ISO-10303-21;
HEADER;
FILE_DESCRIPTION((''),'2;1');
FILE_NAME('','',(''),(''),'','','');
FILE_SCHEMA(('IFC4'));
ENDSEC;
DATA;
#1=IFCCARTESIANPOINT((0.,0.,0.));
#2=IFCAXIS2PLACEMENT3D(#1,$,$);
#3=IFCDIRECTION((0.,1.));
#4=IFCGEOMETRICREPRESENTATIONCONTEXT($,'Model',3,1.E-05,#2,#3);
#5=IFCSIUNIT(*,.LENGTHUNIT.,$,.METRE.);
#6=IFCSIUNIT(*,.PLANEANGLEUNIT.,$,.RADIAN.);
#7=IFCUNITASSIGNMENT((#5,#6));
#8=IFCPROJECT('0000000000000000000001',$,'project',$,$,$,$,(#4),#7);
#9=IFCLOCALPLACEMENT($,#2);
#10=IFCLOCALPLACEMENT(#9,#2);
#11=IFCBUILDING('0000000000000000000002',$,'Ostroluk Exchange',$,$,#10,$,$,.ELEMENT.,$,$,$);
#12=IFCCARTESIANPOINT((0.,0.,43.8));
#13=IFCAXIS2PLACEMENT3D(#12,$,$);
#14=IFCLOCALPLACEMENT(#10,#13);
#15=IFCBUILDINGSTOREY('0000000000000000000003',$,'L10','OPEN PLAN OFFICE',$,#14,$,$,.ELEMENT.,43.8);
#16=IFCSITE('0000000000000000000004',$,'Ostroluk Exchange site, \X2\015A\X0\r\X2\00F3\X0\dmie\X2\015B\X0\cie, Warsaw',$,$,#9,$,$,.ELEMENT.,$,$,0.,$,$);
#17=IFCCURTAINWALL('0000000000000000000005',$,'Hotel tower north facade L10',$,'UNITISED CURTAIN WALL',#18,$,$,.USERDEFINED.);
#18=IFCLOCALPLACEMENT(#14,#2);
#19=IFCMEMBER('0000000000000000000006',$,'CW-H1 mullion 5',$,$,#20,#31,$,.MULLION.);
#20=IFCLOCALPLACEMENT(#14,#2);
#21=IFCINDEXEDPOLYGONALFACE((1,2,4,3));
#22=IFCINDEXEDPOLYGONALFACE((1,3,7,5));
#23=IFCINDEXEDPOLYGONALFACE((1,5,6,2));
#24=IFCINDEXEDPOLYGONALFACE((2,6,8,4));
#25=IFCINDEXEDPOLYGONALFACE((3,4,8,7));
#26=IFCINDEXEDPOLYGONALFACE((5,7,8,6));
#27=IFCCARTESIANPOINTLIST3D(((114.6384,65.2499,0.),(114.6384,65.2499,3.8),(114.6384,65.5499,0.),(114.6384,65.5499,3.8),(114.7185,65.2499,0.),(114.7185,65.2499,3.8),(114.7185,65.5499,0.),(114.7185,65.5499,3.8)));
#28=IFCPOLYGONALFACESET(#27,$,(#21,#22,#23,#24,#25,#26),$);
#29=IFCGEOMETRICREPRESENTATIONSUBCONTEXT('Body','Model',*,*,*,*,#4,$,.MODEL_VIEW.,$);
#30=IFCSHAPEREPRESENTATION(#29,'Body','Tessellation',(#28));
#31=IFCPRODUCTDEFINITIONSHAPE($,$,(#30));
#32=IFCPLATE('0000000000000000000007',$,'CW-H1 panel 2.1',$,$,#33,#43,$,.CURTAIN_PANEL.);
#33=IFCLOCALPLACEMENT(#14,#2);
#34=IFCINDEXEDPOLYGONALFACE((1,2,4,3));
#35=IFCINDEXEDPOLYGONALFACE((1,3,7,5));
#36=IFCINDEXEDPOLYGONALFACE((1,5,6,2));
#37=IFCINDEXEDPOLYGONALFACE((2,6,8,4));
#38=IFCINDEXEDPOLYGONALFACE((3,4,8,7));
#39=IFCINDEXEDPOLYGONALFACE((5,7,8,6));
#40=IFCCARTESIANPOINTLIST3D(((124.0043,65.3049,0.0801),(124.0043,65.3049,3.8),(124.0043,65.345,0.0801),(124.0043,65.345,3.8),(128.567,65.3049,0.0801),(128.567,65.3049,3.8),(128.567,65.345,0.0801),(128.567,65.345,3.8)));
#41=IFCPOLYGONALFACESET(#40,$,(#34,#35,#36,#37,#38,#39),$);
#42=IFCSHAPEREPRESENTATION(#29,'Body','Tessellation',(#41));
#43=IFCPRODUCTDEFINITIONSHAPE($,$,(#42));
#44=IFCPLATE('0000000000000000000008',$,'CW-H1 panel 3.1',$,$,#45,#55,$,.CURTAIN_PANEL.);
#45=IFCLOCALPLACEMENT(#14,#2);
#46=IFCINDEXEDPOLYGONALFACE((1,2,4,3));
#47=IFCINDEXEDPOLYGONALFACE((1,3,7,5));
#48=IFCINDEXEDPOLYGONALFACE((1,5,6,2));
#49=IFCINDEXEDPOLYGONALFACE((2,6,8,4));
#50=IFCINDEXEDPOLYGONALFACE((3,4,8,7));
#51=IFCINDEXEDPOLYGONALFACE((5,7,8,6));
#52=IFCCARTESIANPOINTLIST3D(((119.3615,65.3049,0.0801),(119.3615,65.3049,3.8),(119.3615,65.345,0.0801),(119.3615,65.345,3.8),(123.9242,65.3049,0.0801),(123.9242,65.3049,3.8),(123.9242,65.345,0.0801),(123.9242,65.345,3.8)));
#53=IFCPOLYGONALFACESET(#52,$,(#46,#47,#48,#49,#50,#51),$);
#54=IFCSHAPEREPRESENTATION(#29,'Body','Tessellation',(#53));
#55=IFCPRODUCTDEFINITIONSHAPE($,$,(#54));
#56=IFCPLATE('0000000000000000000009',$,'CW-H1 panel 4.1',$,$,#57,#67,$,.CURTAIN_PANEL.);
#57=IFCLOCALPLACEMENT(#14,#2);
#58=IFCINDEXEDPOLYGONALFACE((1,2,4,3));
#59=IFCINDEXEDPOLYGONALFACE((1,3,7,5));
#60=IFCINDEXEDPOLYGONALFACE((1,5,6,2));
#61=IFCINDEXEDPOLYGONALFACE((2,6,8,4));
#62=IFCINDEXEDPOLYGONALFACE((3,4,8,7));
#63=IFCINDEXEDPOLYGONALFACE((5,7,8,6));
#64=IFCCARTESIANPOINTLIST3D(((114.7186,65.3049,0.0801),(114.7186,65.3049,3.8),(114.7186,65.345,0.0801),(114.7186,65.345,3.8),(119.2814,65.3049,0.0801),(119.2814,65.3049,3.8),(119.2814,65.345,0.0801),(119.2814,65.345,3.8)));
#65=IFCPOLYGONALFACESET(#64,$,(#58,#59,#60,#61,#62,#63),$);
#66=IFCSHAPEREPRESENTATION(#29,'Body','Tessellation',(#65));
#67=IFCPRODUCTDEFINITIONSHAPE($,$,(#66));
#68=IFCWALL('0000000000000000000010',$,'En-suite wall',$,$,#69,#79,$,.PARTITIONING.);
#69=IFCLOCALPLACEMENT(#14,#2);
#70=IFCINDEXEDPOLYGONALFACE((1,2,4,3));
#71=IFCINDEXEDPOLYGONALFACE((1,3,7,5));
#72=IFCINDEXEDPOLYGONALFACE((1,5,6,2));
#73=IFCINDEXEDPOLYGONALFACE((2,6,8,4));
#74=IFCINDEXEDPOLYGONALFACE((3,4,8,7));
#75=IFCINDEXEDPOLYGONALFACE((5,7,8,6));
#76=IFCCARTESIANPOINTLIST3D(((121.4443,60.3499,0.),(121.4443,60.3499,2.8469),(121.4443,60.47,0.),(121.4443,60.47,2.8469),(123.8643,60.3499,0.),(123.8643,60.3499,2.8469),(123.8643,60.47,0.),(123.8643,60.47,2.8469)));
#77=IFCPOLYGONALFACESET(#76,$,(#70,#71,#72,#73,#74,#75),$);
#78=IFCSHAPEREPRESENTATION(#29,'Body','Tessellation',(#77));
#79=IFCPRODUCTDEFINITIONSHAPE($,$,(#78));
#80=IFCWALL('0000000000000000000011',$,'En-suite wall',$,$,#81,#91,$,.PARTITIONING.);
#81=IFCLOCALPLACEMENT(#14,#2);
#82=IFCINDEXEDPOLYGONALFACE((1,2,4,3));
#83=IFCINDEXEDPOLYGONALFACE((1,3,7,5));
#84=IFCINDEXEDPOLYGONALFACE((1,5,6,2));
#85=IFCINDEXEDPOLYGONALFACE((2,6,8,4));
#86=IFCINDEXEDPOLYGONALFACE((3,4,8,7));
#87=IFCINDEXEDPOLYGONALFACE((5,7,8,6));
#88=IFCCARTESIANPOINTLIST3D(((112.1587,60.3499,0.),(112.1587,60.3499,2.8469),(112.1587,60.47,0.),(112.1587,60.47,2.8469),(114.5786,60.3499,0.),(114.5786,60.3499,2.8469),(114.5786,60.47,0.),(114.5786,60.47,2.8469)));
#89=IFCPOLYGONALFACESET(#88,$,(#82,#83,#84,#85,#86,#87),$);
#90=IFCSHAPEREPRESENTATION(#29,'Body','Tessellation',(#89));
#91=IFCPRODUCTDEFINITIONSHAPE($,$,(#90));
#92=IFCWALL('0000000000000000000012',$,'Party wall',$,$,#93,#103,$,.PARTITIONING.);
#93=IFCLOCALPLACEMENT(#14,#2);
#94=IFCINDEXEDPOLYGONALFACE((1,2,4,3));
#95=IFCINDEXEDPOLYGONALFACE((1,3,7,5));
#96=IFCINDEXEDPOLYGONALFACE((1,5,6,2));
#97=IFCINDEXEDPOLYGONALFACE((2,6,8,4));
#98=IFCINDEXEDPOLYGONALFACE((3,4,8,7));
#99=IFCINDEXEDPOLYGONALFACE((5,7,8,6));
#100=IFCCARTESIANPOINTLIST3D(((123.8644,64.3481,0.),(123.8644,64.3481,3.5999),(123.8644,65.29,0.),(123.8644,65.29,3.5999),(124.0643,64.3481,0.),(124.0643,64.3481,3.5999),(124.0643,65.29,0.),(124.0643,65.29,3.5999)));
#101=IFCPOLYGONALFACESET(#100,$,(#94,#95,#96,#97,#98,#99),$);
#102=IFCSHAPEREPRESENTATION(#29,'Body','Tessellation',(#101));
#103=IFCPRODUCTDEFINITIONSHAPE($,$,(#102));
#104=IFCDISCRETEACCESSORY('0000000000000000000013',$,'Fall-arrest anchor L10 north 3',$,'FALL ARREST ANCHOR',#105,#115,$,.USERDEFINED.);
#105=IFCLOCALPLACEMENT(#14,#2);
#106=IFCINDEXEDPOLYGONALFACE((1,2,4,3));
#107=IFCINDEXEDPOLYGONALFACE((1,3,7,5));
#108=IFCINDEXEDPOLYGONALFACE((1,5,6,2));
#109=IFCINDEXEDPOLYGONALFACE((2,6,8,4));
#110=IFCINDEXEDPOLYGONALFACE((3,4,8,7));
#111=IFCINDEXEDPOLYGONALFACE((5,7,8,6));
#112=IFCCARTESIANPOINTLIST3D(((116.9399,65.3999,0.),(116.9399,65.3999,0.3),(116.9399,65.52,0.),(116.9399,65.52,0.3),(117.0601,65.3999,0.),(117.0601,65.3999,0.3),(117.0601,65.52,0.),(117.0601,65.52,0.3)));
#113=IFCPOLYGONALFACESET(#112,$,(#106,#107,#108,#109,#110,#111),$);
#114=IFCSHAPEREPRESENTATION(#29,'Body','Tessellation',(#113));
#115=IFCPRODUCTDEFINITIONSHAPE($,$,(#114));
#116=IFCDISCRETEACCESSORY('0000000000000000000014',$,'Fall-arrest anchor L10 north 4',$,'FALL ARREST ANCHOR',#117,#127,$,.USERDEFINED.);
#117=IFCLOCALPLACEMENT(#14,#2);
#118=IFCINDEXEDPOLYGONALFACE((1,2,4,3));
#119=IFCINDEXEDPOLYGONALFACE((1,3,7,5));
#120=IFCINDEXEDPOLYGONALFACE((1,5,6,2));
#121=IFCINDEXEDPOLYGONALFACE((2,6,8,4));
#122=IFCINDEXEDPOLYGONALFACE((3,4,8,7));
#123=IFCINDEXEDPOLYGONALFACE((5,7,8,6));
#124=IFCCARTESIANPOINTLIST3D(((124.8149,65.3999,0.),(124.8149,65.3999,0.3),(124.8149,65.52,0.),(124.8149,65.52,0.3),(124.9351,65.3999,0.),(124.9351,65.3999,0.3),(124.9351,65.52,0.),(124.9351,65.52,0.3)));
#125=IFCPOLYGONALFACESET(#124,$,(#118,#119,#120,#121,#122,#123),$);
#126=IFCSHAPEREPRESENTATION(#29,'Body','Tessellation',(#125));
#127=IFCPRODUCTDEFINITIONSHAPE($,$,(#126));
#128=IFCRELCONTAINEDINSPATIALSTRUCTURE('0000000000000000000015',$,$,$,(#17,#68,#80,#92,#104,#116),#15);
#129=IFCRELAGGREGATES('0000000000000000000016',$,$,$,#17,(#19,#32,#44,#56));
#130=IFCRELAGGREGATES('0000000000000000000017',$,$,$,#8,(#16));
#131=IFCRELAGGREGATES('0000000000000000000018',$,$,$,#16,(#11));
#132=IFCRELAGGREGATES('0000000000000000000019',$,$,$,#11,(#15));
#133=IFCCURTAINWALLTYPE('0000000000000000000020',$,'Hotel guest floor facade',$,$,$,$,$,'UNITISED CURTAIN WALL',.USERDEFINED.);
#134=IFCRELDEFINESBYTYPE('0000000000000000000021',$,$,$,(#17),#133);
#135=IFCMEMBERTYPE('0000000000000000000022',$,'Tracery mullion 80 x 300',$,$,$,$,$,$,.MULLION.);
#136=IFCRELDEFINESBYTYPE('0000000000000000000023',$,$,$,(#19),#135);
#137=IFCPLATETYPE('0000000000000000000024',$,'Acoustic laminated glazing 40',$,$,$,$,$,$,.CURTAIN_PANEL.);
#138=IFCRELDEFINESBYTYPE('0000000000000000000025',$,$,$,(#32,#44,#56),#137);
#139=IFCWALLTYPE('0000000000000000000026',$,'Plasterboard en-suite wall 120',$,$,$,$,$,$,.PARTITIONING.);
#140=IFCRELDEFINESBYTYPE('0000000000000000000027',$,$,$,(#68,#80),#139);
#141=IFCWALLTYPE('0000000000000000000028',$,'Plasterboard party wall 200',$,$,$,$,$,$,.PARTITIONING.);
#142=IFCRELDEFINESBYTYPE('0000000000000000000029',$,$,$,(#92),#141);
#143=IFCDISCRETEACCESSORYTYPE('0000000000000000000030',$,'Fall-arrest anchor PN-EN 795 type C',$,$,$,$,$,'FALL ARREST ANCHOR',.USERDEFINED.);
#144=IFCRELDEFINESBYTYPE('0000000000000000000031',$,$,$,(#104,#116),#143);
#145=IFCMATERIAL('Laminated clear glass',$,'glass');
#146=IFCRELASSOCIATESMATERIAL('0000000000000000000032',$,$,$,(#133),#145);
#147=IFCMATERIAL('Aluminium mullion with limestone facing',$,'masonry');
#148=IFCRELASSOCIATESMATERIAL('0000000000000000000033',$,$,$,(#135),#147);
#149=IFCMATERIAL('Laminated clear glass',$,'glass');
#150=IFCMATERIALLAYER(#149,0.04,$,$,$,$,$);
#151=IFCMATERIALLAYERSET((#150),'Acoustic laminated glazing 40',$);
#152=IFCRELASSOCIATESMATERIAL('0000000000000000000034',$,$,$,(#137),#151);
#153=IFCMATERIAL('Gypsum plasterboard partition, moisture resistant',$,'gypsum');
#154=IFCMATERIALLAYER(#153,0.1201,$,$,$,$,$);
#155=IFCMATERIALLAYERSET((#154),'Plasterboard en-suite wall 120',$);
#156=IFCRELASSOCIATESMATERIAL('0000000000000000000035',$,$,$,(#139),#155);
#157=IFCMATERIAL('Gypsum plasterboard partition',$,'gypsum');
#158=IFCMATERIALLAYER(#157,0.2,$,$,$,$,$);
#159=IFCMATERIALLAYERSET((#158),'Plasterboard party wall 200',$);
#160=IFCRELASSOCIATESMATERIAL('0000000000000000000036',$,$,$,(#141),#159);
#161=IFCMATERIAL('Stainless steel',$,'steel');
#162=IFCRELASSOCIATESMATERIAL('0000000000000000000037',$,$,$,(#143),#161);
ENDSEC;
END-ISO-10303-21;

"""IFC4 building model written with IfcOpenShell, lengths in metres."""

from ifc_helpers import new_model, si_unit, direction, frame, frame_2d, origin, origin_2d, place, context, subcontext, project, spatial, rectangle, extrude, material, layer, layer_set, material_profile, profile_set, type_object, element, aggregate, save


model = new_model("IFC4")

# Units and contexts
model_context = context("Model", 3, precision=1e-05, world=origin(), true_north=direction((0.0, 1.0)))
body_context = subcontext(model_context, "Body", "Model", "MODEL_VIEW")
ifc_project = project(units=[si_unit("LENGTHUNIT", "METRE"), si_unit("PLANEANGLEUNIT", "RADIAN")], contexts=[model_context])

# Site, building, storey
site_placement = place(None, origin())
site = spatial("IfcSite", under=ifc_project, at=site_placement, Name="Ostroluk Exchange site, Śródmieście, Warsaw", CompositionType="ELEMENT", RefElevation=0.0)
building_placement = place(site_placement, origin())
building = spatial("IfcBuilding", under=site, at=building_placement, Name="Ostroluk Exchange", CompositionType="ELEMENT")
storey_placement = place(building_placement, frame((0.0, 0.0, 43.8)))
storey = spatial("IfcBuildingStorey", under=building, at=storey_placement, Name="L10", Description="OPEN PLAN OFFICE", CompositionType="ELEMENT", Elevation=43.8)

# Curtain wall, member, plates
ifc_material_1 = material(Name="Laminated clear glass", Category="glass")
curtain_wall_type = type_object("IfcCurtainWallType", Name="Hotel guest floor facade", ElementType="UNITISED CURTAIN WALL", PredefinedType="USERDEFINED", material=ifc_material_1)
curtain_wall_placement = place(storey_placement, origin())
curtain_wall = element("IfcCurtainWall", 1, at=curtain_wall_placement, inside=storey, type_object=curtain_wall_type, Name="Hotel tower north facade L10", ObjectType="UNITISED CURTAIN WALL", PredefinedType="USERDEFINED")
ifc_material_2 = material(Name="Aluminium mullion with limestone facing", Category="masonry")
ifc_material_profile_1 = material_profile(ifc_material_2, rectangle(XDim=0.3, YDim=0.0801, at=origin_2d()), Name="Tracery mullion 80 x 300")
ifc_profile_set_1 = profile_set([ifc_material_profile_1], Name="Aluminium mullion with limestone facing")
member_type_1 = type_object("IfcMemberType", Name="Tracery mullion 80 x 300", PredefinedType="MULLION", material=ifc_profile_set_1)
member_1_placement = place(storey_placement, frame((114.6785, 65.3999, 0.0), z_axis=(0.0, 0.0, 1.0), x_axis=(0.0, -1.0, 0.0)))
member_1 = element("IfcMember", 2, at=member_1_placement, type_object=member_type_1, Name="CW-H1 mullion 5", PredefinedType="MULLION", context=body_context, shape_type="SweptSolid", body=[
    extrude(rectangle(XDim=0.3, YDim=0.0801, at=origin_2d()), origin(), (0.0, 0.0, 1.0), 3.8),
])
ifc_material_3 = material(Name="Laminated clear glass", Category="glass")
ifc_layer_1 = layer(ifc_material_3, 0.04)
ifc_layer_set_1 = layer_set([ifc_layer_1], Name="Acoustic laminated glazing 40")
plate_type = type_object("IfcPlateType", Name="Acoustic laminated glazing 40", PredefinedType="CURTAIN_PANEL", material=ifc_layer_set_1)
plate_1_placement = place(storey_placement, frame((126.2856, 65.325, 0.0801), z_axis=(0.0, 0.0, 1.0), x_axis=(-1.0, 0.0, 0.0)))
plate_1 = element("IfcPlate", 3, at=plate_1_placement, type_object=plate_type, Name="CW-H1 panel 2.1", PredefinedType="CURTAIN_PANEL", context=body_context, shape_type="SweptSolid", body=[
    extrude(rectangle(XDim=4.5627, YDim=0.04, at=origin_2d()), origin(), (0.0, 0.0, 1.0), 3.72),
])
plate_2_placement = place(storey_placement, frame((121.6428, 65.325, 0.0801), z_axis=(0.0, 0.0, 1.0), x_axis=(-1.0, 0.0, 0.0)))
plate_2 = element("IfcPlate", 4, at=plate_2_placement, type_object=plate_type, Name="CW-H1 panel 3.1", PredefinedType="CURTAIN_PANEL", context=body_context, shape_type="SweptSolid", body=[
    extrude(rectangle(XDim=4.5627, YDim=0.04, at=origin_2d()), origin(), (0.0, 0.0, 1.0), 3.72),
])
plate_3_placement = place(storey_placement, frame((117.0, 65.325, 0.0801), z_axis=(0.0, 0.0, 1.0), x_axis=(-1.0, 0.0, 0.0)))
plate_3 = element("IfcPlate", 5, at=plate_3_placement, type_object=plate_type, Name="CW-H1 panel 4.1", PredefinedType="CURTAIN_PANEL", context=body_context, shape_type="SweptSolid", body=[
    extrude(rectangle(XDim=4.5627, YDim=0.04, at=origin_2d()), origin(), (0.0, 0.0, 1.0), 3.72),
])
aggregate(curtain_wall, [member_1, plate_1, plate_2, plate_3])

# Walls
ifc_material_4 = material(Name="Gypsum plasterboard partition, moisture resistant", Category="gypsum")
ifc_layer_2 = layer(ifc_material_4, 0.1201)
ifc_layer_set_2 = layer_set([ifc_layer_2], Name="Plasterboard en-suite wall 120")
wall_type_1 = type_object("IfcWallType", Name="Plasterboard en-suite wall 120", PredefinedType="PARTITIONING", material=ifc_layer_set_2)
for number, where, z_axis, x_axis, name in (
    (6, (123.8643, 60.4099, 0.0), (0.0, 0.0, 1.0), (-1.0, 0.0, 0.0), "En-suite wall"),
    (7, (114.5786, 60.4099, 0.0), (0.0, 0.0, 1.0), (-1.0, 0.0, 0.0), "En-suite wall"),
):
    element("IfcWall", number, at=place(storey_placement, frame(where, z_axis=z_axis, x_axis=x_axis)), inside=storey, type_object=wall_type_1, Name=name, PredefinedType="PARTITIONING", context=body_context, shape_type="SweptSolid", body=[
        extrude(rectangle(XDim=2.4199, YDim=0.1201, at=frame_2d((1.21, 0.0))), origin(), (0.0, 0.0, 1.0), 2.8469),
    ])
ifc_material_5 = material(Name="Gypsum plasterboard partition", Category="gypsum")
ifc_layer_3 = layer(ifc_material_5, 0.2)
ifc_layer_set_3 = layer_set([ifc_layer_3], Name="Plasterboard party wall 200")
wall_type_2 = type_object("IfcWallType", Name="Plasterboard party wall 200", PredefinedType="PARTITIONING", material=ifc_layer_set_3)
wall_placement = place(storey_placement, frame((123.9644, 64.3481, 0.0), z_axis=(0.0, 0.0, 1.0), x_axis=(0.0, 1.0, 0.0)))
element("IfcWall", 8, at=wall_placement, inside=storey, type_object=wall_type_2, Name="Party wall", PredefinedType="PARTITIONING", context=body_context, shape_type="SweptSolid", body=[
    extrude(rectangle(XDim=0.9419, YDim=0.2, at=frame_2d((0.4709, 0.0))), origin(), (0.0, 0.0, 1.0), 3.5999),
])

# Discrete accessories
ifc_material_6 = material(Name="Stainless steel", Category="steel")
discrete_accessory_type = type_object("IfcDiscreteAccessoryType", Name="Fall-arrest anchor PN-EN 795 type C", ElementType="FALL ARREST ANCHOR", PredefinedType="USERDEFINED", material=ifc_material_6)
for number, where, z_axis, x_axis, name in (
    (9, (117.0, 65.46, 0.0), (0.0, 0.0, 1.0), (1.0, 0.0, 0.0), "Fall-arrest anchor L10 north 3"),
    (10, (124.875, 65.46, 0.0), (0.0, 0.0, 1.0), (1.0, 0.0, 0.0), "Fall-arrest anchor L10 north 4"),
):
    element("IfcDiscreteAccessory", number, at=place(storey_placement, frame(where, z_axis=z_axis, x_axis=x_axis)), inside=storey, type_object=discrete_accessory_type, Name=name, ObjectType="FALL ARREST ANCHOR", PredefinedType="USERDEFINED", context=body_context, shape_type="SweptSolid", body=[
        extrude(rectangle(XDim=0.1201, YDim=0.1201, at=origin_2d()), origin(), (0.0, 0.0, 1.0), 0.3),
    ])

save(model, "model.ifc")
